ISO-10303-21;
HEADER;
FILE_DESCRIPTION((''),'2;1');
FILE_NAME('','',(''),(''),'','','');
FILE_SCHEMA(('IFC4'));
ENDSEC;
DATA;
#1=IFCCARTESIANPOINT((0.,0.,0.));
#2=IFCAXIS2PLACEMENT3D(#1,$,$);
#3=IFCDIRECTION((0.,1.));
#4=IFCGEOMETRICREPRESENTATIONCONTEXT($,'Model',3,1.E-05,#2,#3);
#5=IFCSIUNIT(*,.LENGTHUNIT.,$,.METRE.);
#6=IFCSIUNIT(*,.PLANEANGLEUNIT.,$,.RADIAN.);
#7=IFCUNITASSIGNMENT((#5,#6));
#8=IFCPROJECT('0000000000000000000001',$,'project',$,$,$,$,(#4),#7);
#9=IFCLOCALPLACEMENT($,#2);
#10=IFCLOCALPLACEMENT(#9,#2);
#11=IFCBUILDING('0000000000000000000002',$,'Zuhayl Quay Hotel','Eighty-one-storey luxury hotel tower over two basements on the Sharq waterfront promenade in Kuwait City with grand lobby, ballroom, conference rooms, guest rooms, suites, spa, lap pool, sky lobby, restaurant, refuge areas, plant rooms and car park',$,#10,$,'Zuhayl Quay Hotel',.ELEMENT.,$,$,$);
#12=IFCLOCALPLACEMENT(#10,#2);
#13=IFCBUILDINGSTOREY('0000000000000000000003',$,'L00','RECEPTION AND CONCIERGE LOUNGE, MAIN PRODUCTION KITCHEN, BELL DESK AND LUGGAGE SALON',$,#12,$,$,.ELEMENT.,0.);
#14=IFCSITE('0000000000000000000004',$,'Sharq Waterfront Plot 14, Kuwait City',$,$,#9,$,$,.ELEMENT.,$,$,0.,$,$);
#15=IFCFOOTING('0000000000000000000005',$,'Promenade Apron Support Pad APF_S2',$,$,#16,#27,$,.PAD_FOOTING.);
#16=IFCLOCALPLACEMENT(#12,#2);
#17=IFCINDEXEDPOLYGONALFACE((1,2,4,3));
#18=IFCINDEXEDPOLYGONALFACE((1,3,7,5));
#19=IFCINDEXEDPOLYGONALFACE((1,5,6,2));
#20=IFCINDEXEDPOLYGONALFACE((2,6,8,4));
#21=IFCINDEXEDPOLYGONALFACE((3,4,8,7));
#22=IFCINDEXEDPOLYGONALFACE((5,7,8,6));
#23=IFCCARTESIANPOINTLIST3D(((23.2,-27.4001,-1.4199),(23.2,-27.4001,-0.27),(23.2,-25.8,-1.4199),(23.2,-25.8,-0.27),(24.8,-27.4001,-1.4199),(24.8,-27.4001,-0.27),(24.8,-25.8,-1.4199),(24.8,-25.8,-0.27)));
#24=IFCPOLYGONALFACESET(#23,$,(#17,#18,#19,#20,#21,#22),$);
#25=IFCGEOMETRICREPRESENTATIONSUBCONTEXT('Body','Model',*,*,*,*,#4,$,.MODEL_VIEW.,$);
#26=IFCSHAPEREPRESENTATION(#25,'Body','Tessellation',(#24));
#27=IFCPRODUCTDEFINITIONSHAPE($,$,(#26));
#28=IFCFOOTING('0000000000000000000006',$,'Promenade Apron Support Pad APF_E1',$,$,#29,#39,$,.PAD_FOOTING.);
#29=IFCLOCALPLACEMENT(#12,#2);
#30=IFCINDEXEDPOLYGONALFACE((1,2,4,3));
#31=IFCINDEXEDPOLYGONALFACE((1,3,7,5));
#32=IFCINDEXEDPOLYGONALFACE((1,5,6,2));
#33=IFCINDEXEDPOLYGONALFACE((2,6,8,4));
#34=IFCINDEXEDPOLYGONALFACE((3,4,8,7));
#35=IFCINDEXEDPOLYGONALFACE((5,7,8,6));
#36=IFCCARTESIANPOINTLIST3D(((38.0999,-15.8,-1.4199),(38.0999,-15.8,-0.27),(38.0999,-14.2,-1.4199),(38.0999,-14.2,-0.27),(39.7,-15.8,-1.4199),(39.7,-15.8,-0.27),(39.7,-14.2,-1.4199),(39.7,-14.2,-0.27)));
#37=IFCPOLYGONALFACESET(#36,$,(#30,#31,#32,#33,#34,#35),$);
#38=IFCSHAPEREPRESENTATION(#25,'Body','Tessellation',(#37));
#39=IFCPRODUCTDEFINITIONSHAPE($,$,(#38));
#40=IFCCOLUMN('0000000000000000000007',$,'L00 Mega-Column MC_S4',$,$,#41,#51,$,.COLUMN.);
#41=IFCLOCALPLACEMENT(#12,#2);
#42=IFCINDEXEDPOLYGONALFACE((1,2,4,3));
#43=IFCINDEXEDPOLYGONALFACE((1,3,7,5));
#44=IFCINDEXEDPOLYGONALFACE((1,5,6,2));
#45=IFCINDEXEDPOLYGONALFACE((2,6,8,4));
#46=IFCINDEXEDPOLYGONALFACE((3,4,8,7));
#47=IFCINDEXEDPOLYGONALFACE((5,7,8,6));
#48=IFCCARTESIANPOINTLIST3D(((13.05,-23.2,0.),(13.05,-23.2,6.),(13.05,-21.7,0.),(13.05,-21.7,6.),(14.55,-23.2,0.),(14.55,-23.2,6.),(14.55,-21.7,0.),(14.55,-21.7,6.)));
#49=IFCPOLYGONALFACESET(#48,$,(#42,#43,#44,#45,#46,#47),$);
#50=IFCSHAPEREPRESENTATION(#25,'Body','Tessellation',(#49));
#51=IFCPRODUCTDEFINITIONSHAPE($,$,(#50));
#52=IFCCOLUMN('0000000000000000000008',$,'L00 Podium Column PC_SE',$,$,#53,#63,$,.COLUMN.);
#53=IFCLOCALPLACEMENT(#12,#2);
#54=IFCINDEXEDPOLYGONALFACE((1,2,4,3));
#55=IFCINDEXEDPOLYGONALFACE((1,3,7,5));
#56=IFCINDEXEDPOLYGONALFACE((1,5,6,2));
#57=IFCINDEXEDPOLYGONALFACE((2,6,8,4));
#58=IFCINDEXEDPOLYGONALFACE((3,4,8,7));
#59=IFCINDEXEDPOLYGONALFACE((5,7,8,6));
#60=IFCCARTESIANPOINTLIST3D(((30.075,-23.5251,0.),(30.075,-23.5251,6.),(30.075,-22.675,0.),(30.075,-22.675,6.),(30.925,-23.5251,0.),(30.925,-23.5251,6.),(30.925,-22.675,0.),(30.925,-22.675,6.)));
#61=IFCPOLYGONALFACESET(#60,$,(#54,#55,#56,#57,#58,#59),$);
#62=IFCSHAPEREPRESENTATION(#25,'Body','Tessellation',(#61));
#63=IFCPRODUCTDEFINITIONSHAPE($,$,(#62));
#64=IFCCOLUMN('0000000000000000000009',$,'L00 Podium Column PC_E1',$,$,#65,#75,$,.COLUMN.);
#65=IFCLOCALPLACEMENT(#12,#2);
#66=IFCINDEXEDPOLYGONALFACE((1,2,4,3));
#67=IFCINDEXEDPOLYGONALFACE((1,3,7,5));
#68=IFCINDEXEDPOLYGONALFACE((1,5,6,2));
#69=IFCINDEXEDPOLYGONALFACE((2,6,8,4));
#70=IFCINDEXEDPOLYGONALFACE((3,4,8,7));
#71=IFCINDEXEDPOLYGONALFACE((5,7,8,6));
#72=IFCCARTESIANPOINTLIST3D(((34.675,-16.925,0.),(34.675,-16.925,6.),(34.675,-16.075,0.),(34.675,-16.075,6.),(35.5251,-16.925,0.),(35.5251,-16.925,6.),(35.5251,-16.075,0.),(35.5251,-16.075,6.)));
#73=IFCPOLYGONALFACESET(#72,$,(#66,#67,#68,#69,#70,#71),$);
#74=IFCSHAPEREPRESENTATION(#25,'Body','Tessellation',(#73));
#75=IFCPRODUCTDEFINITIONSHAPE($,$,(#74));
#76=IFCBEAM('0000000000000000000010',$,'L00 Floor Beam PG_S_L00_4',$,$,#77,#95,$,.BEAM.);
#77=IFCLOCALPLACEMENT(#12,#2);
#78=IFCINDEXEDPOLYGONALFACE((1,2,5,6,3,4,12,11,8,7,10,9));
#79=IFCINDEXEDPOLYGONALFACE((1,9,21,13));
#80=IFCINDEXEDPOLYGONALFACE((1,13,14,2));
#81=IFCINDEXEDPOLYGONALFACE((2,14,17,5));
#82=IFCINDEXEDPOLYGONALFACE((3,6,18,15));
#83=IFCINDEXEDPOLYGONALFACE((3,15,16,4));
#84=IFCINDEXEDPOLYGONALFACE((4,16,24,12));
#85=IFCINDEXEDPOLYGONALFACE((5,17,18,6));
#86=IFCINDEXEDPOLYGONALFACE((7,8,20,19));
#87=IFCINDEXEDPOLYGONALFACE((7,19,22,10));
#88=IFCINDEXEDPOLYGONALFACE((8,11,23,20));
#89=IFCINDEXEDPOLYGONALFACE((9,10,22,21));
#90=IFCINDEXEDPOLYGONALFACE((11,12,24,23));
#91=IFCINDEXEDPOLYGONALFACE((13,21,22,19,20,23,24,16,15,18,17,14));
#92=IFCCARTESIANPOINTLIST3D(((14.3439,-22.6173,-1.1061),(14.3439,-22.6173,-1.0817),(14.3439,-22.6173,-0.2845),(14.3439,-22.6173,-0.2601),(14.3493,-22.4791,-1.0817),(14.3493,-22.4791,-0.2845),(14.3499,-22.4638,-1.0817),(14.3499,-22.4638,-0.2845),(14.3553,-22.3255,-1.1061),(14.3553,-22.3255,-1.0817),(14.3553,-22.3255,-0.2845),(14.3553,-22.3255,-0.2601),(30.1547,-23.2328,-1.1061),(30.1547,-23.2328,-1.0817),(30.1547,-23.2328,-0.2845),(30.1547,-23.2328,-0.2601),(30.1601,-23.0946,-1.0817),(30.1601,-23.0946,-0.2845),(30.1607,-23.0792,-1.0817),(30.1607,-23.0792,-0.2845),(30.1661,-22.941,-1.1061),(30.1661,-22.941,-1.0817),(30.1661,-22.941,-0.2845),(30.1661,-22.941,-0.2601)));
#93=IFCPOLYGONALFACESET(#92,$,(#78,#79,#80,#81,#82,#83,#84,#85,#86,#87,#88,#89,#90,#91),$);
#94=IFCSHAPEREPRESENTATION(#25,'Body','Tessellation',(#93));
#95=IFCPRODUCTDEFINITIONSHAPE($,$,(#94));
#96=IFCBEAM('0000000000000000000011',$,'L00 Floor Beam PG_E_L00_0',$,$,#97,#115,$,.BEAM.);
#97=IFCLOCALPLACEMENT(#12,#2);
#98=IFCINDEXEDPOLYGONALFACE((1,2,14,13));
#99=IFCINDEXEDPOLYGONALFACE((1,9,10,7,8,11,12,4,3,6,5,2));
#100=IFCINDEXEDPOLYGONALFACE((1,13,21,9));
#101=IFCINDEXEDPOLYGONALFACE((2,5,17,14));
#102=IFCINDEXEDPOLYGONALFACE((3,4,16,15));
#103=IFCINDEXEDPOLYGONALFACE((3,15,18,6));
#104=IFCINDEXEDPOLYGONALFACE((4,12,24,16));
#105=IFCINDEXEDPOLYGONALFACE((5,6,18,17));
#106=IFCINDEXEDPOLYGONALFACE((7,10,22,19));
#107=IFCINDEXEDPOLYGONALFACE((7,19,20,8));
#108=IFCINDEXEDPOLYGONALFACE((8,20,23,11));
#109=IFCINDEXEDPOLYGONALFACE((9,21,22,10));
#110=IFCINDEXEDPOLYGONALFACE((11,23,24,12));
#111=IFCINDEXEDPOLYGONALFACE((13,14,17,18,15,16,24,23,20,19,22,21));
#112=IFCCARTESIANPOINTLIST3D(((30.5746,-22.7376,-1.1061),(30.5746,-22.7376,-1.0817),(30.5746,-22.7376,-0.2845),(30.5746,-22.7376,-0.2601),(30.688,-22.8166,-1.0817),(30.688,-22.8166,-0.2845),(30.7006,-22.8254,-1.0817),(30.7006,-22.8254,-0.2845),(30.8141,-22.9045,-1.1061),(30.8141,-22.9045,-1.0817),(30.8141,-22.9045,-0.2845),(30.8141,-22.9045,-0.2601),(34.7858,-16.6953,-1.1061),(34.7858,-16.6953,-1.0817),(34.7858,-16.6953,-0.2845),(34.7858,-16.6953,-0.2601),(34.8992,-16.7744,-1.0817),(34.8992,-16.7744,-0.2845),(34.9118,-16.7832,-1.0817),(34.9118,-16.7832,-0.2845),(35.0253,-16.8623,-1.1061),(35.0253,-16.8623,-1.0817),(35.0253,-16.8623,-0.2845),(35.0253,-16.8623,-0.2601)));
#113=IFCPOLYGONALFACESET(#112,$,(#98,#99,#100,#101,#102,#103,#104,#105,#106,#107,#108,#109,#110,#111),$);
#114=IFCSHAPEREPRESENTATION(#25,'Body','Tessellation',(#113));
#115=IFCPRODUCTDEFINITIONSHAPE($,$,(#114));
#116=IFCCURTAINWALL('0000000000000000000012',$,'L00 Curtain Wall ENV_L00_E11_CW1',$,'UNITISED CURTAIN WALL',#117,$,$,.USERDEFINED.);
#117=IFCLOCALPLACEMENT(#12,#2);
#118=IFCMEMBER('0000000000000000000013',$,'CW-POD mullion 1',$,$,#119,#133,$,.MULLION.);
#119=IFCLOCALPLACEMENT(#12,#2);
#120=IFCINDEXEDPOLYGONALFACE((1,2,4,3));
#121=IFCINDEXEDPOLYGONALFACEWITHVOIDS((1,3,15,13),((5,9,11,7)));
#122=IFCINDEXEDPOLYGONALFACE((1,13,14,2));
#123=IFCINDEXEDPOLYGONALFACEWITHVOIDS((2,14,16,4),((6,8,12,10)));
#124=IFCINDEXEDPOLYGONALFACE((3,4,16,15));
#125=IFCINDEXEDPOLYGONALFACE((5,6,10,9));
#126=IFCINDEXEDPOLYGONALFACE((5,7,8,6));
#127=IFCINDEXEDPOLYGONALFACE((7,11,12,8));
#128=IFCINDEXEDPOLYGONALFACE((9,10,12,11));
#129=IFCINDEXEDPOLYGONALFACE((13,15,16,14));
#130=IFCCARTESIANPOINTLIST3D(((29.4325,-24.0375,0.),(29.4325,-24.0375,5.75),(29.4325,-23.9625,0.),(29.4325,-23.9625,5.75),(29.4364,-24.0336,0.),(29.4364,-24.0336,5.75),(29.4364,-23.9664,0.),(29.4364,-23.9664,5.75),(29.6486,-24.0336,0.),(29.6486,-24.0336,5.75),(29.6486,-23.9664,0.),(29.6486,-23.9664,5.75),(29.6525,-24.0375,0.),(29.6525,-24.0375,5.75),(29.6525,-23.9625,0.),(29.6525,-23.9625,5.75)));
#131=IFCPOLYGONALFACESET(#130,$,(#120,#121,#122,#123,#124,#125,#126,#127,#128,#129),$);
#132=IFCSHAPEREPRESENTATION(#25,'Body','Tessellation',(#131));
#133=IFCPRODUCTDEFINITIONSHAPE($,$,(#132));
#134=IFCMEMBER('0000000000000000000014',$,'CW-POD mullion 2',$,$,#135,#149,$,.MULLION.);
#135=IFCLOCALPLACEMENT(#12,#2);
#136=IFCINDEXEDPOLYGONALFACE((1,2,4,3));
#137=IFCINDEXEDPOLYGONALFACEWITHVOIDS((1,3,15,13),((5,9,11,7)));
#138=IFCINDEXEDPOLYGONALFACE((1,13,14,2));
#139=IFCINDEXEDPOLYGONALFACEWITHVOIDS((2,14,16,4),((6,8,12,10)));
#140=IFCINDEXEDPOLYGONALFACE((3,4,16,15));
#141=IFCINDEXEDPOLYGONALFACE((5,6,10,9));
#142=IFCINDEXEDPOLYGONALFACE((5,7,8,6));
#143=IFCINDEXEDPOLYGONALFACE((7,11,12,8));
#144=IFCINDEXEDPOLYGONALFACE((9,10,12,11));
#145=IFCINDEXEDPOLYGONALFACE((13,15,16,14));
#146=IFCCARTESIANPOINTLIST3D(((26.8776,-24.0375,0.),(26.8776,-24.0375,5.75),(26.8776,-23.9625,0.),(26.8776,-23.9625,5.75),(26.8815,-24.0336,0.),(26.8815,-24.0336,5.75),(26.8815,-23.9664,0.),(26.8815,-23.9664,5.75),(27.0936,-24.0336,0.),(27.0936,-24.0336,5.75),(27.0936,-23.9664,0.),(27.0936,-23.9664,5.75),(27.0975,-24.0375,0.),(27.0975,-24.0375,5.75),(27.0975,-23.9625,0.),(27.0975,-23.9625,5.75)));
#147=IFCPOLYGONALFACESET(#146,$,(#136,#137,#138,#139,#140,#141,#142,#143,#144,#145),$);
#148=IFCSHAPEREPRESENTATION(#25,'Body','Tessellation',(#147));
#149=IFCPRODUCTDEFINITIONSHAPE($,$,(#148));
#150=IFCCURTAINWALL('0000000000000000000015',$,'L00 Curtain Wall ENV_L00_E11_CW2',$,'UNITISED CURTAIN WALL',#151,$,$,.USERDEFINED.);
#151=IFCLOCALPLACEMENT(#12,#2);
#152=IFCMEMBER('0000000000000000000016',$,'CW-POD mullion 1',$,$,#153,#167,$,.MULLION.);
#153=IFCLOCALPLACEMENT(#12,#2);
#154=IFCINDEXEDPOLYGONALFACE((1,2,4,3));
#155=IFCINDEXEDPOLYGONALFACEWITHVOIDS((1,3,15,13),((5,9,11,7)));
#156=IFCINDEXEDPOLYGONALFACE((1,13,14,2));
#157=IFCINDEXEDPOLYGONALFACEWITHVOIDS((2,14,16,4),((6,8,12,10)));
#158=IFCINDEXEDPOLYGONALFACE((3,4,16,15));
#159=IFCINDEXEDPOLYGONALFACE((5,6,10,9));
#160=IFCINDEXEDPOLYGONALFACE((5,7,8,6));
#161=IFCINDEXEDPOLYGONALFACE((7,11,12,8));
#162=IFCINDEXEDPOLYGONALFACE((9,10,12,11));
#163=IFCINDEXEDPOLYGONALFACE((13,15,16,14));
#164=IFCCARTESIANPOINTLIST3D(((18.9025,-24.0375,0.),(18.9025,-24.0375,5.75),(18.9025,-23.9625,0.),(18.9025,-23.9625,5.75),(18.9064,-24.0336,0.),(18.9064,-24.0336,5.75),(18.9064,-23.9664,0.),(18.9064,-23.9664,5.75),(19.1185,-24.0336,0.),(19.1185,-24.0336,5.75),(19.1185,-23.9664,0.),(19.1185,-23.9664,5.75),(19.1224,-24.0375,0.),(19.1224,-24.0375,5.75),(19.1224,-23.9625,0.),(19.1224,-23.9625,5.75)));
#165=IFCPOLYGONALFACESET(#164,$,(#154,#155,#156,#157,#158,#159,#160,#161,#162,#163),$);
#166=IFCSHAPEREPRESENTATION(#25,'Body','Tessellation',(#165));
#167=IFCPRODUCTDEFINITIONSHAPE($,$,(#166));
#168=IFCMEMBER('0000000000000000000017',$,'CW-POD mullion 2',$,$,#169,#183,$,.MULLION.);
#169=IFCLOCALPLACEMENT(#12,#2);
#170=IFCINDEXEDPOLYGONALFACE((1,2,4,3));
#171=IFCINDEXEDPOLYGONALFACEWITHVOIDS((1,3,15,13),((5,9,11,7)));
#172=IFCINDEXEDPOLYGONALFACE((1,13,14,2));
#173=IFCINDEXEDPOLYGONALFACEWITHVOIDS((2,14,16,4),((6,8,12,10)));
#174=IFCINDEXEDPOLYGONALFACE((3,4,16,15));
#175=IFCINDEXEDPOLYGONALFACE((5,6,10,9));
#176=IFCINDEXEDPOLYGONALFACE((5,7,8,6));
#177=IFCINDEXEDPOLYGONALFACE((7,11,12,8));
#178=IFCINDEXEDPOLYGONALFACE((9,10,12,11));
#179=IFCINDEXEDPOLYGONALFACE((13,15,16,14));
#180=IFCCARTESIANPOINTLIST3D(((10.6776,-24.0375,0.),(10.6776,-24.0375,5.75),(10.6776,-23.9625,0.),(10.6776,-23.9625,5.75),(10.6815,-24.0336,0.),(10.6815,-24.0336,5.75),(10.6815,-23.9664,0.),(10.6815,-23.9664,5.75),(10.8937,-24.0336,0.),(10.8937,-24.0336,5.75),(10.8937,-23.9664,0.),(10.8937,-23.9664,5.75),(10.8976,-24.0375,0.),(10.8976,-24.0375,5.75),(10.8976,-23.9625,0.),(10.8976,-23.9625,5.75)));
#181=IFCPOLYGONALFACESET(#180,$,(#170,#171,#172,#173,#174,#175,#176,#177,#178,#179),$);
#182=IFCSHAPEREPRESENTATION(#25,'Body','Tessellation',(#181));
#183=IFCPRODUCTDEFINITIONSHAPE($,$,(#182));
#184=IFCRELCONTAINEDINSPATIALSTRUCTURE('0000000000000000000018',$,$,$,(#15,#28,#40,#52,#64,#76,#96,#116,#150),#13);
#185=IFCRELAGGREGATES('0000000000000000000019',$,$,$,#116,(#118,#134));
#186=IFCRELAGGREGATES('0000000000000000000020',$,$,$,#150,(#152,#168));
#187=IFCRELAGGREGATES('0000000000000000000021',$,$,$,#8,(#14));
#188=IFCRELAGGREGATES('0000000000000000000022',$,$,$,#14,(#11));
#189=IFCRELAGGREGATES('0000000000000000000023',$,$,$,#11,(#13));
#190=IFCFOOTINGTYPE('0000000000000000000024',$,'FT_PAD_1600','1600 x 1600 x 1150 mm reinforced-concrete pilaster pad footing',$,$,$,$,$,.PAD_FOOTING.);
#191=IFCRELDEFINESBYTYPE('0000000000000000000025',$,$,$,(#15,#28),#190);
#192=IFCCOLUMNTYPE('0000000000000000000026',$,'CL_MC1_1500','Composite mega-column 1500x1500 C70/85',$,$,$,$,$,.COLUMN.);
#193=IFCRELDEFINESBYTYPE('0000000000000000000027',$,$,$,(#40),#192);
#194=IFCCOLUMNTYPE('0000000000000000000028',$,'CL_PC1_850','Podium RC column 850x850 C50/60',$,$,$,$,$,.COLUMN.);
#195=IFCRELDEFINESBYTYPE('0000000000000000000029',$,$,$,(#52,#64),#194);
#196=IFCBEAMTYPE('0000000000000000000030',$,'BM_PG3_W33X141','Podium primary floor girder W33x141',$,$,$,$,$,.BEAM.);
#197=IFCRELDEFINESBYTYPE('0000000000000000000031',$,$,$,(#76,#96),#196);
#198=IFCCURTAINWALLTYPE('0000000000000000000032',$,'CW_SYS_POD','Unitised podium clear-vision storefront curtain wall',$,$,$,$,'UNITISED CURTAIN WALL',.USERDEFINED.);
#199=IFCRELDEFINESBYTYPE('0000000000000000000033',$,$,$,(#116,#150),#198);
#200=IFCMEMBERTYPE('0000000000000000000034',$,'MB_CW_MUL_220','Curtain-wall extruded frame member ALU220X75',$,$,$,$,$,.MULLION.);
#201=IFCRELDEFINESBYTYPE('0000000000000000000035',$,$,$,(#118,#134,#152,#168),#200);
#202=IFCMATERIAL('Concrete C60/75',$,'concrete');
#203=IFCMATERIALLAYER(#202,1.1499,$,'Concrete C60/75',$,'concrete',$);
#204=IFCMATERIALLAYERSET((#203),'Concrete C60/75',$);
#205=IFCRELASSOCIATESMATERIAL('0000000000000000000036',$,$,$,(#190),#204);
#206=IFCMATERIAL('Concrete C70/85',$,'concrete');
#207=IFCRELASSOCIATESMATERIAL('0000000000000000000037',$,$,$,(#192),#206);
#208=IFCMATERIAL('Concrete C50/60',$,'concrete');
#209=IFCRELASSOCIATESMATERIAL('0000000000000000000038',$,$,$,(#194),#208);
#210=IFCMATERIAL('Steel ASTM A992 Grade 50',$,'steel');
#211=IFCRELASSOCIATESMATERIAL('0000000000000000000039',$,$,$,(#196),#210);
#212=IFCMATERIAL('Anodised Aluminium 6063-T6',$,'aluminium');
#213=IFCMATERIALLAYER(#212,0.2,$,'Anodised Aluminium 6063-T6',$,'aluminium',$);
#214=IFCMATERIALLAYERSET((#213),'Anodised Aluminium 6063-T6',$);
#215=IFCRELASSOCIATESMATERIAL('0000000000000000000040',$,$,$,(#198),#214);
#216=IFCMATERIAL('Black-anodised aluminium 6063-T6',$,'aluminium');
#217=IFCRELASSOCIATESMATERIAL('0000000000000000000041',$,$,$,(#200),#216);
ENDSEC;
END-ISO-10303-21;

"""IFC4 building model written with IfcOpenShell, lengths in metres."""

from ifc_helpers import new_model, si_unit, direction, frame, origin, origin_2d, place, context, subcontext, project, spatial, rectangle, hollow_rectangle, i_section, extrude, material, layer, layer_set, material_profile, profile_set, type_object, element, aggregate, save


model = new_model("IFC4")

# Units and contexts
model_context = context("Model", 3, precision=1e-05, world=origin(), true_north=direction((0.0, 1.0)))
body_context = subcontext(model_context, "Body", "Model", "MODEL_VIEW")
ifc_project = project(units=[si_unit("LENGTHUNIT", "METRE"), si_unit("PLANEANGLEUNIT", "RADIAN")], contexts=[model_context])

# Site, building, storey
site_placement = place(None, origin())
site = spatial("IfcSite", under=ifc_project, at=site_placement, Name="Sharq Waterfront Plot 14, Kuwait City", CompositionType="ELEMENT", RefElevation=0.0)
building_placement = place(site_placement, origin())
building = spatial("IfcBuilding", under=site, at=building_placement, Name="Zuhayl Quay Hotel", Description="Eighty-one-storey luxury hotel tower over two basements on the Sharq waterfront promenade in Kuwait City with grand lobby, ballroom, conference rooms, guest rooms, suites, spa, lap pool, sky lobby, restaurant, refuge areas, plant rooms and car park", LongName="Zuhayl Quay Hotel", CompositionType="ELEMENT")
storey_placement = place(building_placement, origin())
storey = spatial("IfcBuildingStorey", under=building, at=storey_placement, Name="L00", Description="RECEPTION AND CONCIERGE LOUNGE, MAIN PRODUCTION KITCHEN, BELL DESK AND LUGGAGE SALON", CompositionType="ELEMENT", Elevation=0.0)

# Footings
ifc_material_1 = material(Name="Concrete C60/75", Category="concrete")
ifc_layer_1 = layer(ifc_material_1, 1.1499, Name="Concrete C60/75", Category="concrete")
ifc_layer_set_1 = layer_set([ifc_layer_1], Name="Concrete C60/75")
footing_type = type_object("IfcFootingType", Name="FT_PAD_1600", Description="1600 x 1600 x 1150 mm reinforced-concrete pilaster pad footing", PredefinedType="PAD_FOOTING", material=ifc_layer_set_1)
for number, where, z_axis, x_axis, name in (
    (1, (24.0, -26.6001, -1.4199), (0.0, 0.0, 1.0), (1.0, 0.0, 0.0), "Promenade Apron Support Pad APF_S2"),
    (2, (38.8999, -15.0, -1.4199), (0.0, 0.0, 1.0), (1.0, 0.0, 0.0), "Promenade Apron Support Pad APF_E1"),
):
    element("IfcFooting", number, at=place(storey_placement, frame(where, z_axis=z_axis, x_axis=x_axis)), inside=storey, type_object=footing_type, Name=name, PredefinedType="PAD_FOOTING", context=body_context, shape_type="SweptSolid", body=[
        extrude(rectangle(XDim=1.6001, YDim=1.6001, at=origin_2d()), origin(), (0.0, 0.0, 1.0), 1.1499),
    ])

# Columns
ifc_material_2 = material(Name="Concrete C70/85", Category="concrete")
ifc_material_profile_1 = material_profile(ifc_material_2, rectangle(XDim=1.5, YDim=1.5, at=origin_2d()), Name="RC1500X1500")
ifc_profile_set_1 = profile_set([ifc_material_profile_1], Name="Concrete C70/85")
column_type_1 = type_object("IfcColumnType", Name="CL_MC1_1500", Description="Composite mega-column 1500x1500 C70/85", PredefinedType="COLUMN", material=ifc_profile_set_1)
column_placement = place(storey_placement, frame((13.8, -22.45, 0.0), z_axis=(0.0, 0.0, 1.0), x_axis=(1.0, 0.0, 0.0)))
element("IfcColumn", 3, at=column_placement, inside=storey, type_object=column_type_1, Name="L00 Mega-Column MC_S4", PredefinedType="COLUMN", context=body_context, shape_type="SweptSolid", body=[
    extrude(rectangle(XDim=1.5, YDim=1.5, at=origin_2d()), origin(), (0.0, 0.0, 1.0), 6.0),
])
ifc_material_3 = material(Name="Concrete C50/60", Category="concrete")
ifc_material_profile_2 = material_profile(ifc_material_3, rectangle(XDim=0.8501, YDim=0.8501, at=origin_2d()), Name="RC850X850")
ifc_profile_set_2 = profile_set([ifc_material_profile_2], Name="Concrete C50/60")
column_type_2 = type_object("IfcColumnType", Name="CL_PC1_850", Description="Podium RC column 850x850 C50/60", PredefinedType="COLUMN", material=ifc_profile_set_2)
for number, where, z_axis, x_axis, name in (
    (4, (30.5, -23.1001, 0.0), (0.0, 0.0, 1.0), (1.0, 0.0, 0.0), "L00 Podium Column PC_SE"),
    (5, (35.1001, -16.5, 0.0), (0.0, 0.0, 1.0), (1.0, 0.0, 0.0), "L00 Podium Column PC_E1"),
):
    element("IfcColumn", number, at=place(storey_placement, frame(where, z_axis=z_axis, x_axis=x_axis)), inside=storey, type_object=column_type_2, Name=name, PredefinedType="COLUMN", context=body_context, shape_type="SweptSolid", body=[
        extrude(rectangle(XDim=0.8501, YDim=0.8501, at=origin_2d()), origin(), (0.0, 0.0, 1.0), 6.0),
    ])

# Beams
ifc_material_4 = material(Name="Steel ASTM A992 Grade 50", Category="steel")
ifc_material_profile_3 = material_profile(ifc_material_4, i_section(OverallWidth=0.292, OverallDepth=0.8459, WebThickness=0.0154, FlangeThickness=0.0244, at=origin_2d()), Name="W33X141")
ifc_profile_set_3 = profile_set([ifc_material_profile_3], Name="Steel ASTM A992 Grade 50")
beam_type = type_object("IfcBeamType", Name="BM_PG3_W33X141", Description="Podium primary floor girder W33x141", PredefinedType="BEAM", material=ifc_profile_set_3)
beam_1_placement = place(storey_placement, frame((14.3496, -22.4714, -0.6831), z_axis=(0.999243, -0.038898, 0.0), x_axis=(0.038898, 0.999243, 0.0)))
element("IfcBeam", 6, at=beam_1_placement, inside=storey, type_object=beam_type, Name="L00 Floor Beam PG_S_L00_4", PredefinedType="BEAM", context=body_context, shape_type="SweptSolid", body=[
    extrude(i_section(OverallWidth=0.292, OverallDepth=0.8459, WebThickness=0.0154, FlangeThickness=0.0244, at=origin_2d()), origin(), (0.0, 0.0, 1.0), 15.8228),
])
beam_2_placement = place(storey_placement, frame((30.6943, -22.821, -0.6831), z_axis=(0.571786, 0.820403, 0.0), x_axis=(-0.820403, 0.571786, 0.0)))
element("IfcBeam", 7, at=beam_2_placement, inside=storey, type_object=beam_type, Name="L00 Floor Beam PG_E_L00_0", PredefinedType="BEAM", context=body_context, shape_type="SweptSolid", body=[
    extrude(i_section(OverallWidth=0.292, OverallDepth=0.8459, WebThickness=0.0154, FlangeThickness=0.0244, at=origin_2d()), origin(), (0.0, 0.0, 1.0), 7.365),
])

# Curtain walls, members
ifc_material_5 = material(Name="Anodised Aluminium 6063-T6", Category="aluminium")
ifc_layer_2 = layer(ifc_material_5, 0.2, Name="Anodised Aluminium 6063-T6", Category="aluminium")
ifc_layer_set_2 = layer_set([ifc_layer_2], Name="Anodised Aluminium 6063-T6")
curtain_wall_type = type_object("IfcCurtainWallType", Name="CW_SYS_POD", Description="Unitised podium clear-vision storefront curtain wall", ElementType="UNITISED CURTAIN WALL", PredefinedType="USERDEFINED", material=ifc_layer_set_2)
curtain_wall_1_placement = place(storey_placement, origin())
curtain_wall_1 = element("IfcCurtainWall", 8, at=curtain_wall_1_placement, inside=storey, type_object=curtain_wall_type, Name="L00 Curtain Wall ENV_L00_E11_CW1", ObjectType="UNITISED CURTAIN WALL", PredefinedType="USERDEFINED")
ifc_material_6 = material(Name="Black-anodised aluminium 6063-T6", Category="aluminium")
ifc_material_profile_4 = material_profile(ifc_material_6, hollow_rectangle(XDim=0.075, YDim=0.22, WallThickness=0.0039, at=origin_2d()), Name="ALU220X75")
ifc_profile_set_4 = profile_set([ifc_material_profile_4], Name="Black-anodised aluminium 6063-T6")
member_type_1 = type_object("IfcMemberType", Name="MB_CW_MUL_220", Description="Curtain-wall extruded frame member ALU220X75", PredefinedType="MULLION", material=ifc_profile_set_4)
member_1_placement = place(storey_placement, frame((29.5425, -24.0, 0.0), z_axis=(0.0, 0.0, 1.0), x_axis=(0.0, -1.0, 0.0)))
member_1 = element("IfcMember", 9, at=member_1_placement, type_object=member_type_1, Name="CW-POD mullion 1", PredefinedType="MULLION", context=body_context, shape_type="SweptSolid", body=[
    extrude(hollow_rectangle(XDim=0.075, YDim=0.22, WallThickness=0.0039, at=origin_2d()), origin(), (0.0, 0.0, 1.0), 5.75),
])
member_2_placement = place(storey_placement, frame((26.9875, -24.0, 0.0), z_axis=(0.0, 0.0, 1.0), x_axis=(0.0, -1.0, 0.0)))
member_2 = element("IfcMember", 10, at=member_2_placement, type_object=member_type_1, Name="CW-POD mullion 2", PredefinedType="MULLION", context=body_context, shape_type="SweptSolid", body=[
    extrude(hollow_rectangle(XDim=0.075, YDim=0.22, WallThickness=0.0039, at=origin_2d()), origin(), (0.0, 0.0, 1.0), 5.75),
])
curtain_wall_2_placement = place(storey_placement, origin())
curtain_wall_2 = element("IfcCurtainWall", 11, at=curtain_wall_2_placement, inside=storey, type_object=curtain_wall_type, Name="L00 Curtain Wall ENV_L00_E11_CW2", ObjectType="UNITISED CURTAIN WALL", PredefinedType="USERDEFINED")
member_3_placement = place(storey_placement, frame((19.0125, -24.0, 0.0), z_axis=(0.0, 0.0, 1.0), x_axis=(0.0, -1.0, 0.0)))
member_3 = element("IfcMember", 12, at=member_3_placement, type_object=member_type_1, Name="CW-POD mullion 1", PredefinedType="MULLION", context=body_context, shape_type="SweptSolid", body=[
    extrude(hollow_rectangle(XDim=0.075, YDim=0.22, WallThickness=0.0039, at=origin_2d()), origin(), (0.0, 0.0, 1.0), 5.75),
])
member_4_placement = place(storey_placement, frame((10.7876, -24.0, 0.0), z_axis=(0.0, 0.0, 1.0), x_axis=(0.0, -1.0, 0.0)))
member_4 = element("IfcMember", 13, at=member_4_placement, type_object=member_type_1, Name="CW-POD mullion 2", PredefinedType="MULLION", context=body_context, shape_type="SweptSolid", body=[
    extrude(hollow_rectangle(XDim=0.075, YDim=0.22, WallThickness=0.0039, at=origin_2d()), origin(), (0.0, 0.0, 1.0), 5.75),
])

aggregate(curtain_wall_1, [member_1, member_2])
aggregate(curtain_wall_2, [member_3, member_4])

save(model, "model.ifc")
